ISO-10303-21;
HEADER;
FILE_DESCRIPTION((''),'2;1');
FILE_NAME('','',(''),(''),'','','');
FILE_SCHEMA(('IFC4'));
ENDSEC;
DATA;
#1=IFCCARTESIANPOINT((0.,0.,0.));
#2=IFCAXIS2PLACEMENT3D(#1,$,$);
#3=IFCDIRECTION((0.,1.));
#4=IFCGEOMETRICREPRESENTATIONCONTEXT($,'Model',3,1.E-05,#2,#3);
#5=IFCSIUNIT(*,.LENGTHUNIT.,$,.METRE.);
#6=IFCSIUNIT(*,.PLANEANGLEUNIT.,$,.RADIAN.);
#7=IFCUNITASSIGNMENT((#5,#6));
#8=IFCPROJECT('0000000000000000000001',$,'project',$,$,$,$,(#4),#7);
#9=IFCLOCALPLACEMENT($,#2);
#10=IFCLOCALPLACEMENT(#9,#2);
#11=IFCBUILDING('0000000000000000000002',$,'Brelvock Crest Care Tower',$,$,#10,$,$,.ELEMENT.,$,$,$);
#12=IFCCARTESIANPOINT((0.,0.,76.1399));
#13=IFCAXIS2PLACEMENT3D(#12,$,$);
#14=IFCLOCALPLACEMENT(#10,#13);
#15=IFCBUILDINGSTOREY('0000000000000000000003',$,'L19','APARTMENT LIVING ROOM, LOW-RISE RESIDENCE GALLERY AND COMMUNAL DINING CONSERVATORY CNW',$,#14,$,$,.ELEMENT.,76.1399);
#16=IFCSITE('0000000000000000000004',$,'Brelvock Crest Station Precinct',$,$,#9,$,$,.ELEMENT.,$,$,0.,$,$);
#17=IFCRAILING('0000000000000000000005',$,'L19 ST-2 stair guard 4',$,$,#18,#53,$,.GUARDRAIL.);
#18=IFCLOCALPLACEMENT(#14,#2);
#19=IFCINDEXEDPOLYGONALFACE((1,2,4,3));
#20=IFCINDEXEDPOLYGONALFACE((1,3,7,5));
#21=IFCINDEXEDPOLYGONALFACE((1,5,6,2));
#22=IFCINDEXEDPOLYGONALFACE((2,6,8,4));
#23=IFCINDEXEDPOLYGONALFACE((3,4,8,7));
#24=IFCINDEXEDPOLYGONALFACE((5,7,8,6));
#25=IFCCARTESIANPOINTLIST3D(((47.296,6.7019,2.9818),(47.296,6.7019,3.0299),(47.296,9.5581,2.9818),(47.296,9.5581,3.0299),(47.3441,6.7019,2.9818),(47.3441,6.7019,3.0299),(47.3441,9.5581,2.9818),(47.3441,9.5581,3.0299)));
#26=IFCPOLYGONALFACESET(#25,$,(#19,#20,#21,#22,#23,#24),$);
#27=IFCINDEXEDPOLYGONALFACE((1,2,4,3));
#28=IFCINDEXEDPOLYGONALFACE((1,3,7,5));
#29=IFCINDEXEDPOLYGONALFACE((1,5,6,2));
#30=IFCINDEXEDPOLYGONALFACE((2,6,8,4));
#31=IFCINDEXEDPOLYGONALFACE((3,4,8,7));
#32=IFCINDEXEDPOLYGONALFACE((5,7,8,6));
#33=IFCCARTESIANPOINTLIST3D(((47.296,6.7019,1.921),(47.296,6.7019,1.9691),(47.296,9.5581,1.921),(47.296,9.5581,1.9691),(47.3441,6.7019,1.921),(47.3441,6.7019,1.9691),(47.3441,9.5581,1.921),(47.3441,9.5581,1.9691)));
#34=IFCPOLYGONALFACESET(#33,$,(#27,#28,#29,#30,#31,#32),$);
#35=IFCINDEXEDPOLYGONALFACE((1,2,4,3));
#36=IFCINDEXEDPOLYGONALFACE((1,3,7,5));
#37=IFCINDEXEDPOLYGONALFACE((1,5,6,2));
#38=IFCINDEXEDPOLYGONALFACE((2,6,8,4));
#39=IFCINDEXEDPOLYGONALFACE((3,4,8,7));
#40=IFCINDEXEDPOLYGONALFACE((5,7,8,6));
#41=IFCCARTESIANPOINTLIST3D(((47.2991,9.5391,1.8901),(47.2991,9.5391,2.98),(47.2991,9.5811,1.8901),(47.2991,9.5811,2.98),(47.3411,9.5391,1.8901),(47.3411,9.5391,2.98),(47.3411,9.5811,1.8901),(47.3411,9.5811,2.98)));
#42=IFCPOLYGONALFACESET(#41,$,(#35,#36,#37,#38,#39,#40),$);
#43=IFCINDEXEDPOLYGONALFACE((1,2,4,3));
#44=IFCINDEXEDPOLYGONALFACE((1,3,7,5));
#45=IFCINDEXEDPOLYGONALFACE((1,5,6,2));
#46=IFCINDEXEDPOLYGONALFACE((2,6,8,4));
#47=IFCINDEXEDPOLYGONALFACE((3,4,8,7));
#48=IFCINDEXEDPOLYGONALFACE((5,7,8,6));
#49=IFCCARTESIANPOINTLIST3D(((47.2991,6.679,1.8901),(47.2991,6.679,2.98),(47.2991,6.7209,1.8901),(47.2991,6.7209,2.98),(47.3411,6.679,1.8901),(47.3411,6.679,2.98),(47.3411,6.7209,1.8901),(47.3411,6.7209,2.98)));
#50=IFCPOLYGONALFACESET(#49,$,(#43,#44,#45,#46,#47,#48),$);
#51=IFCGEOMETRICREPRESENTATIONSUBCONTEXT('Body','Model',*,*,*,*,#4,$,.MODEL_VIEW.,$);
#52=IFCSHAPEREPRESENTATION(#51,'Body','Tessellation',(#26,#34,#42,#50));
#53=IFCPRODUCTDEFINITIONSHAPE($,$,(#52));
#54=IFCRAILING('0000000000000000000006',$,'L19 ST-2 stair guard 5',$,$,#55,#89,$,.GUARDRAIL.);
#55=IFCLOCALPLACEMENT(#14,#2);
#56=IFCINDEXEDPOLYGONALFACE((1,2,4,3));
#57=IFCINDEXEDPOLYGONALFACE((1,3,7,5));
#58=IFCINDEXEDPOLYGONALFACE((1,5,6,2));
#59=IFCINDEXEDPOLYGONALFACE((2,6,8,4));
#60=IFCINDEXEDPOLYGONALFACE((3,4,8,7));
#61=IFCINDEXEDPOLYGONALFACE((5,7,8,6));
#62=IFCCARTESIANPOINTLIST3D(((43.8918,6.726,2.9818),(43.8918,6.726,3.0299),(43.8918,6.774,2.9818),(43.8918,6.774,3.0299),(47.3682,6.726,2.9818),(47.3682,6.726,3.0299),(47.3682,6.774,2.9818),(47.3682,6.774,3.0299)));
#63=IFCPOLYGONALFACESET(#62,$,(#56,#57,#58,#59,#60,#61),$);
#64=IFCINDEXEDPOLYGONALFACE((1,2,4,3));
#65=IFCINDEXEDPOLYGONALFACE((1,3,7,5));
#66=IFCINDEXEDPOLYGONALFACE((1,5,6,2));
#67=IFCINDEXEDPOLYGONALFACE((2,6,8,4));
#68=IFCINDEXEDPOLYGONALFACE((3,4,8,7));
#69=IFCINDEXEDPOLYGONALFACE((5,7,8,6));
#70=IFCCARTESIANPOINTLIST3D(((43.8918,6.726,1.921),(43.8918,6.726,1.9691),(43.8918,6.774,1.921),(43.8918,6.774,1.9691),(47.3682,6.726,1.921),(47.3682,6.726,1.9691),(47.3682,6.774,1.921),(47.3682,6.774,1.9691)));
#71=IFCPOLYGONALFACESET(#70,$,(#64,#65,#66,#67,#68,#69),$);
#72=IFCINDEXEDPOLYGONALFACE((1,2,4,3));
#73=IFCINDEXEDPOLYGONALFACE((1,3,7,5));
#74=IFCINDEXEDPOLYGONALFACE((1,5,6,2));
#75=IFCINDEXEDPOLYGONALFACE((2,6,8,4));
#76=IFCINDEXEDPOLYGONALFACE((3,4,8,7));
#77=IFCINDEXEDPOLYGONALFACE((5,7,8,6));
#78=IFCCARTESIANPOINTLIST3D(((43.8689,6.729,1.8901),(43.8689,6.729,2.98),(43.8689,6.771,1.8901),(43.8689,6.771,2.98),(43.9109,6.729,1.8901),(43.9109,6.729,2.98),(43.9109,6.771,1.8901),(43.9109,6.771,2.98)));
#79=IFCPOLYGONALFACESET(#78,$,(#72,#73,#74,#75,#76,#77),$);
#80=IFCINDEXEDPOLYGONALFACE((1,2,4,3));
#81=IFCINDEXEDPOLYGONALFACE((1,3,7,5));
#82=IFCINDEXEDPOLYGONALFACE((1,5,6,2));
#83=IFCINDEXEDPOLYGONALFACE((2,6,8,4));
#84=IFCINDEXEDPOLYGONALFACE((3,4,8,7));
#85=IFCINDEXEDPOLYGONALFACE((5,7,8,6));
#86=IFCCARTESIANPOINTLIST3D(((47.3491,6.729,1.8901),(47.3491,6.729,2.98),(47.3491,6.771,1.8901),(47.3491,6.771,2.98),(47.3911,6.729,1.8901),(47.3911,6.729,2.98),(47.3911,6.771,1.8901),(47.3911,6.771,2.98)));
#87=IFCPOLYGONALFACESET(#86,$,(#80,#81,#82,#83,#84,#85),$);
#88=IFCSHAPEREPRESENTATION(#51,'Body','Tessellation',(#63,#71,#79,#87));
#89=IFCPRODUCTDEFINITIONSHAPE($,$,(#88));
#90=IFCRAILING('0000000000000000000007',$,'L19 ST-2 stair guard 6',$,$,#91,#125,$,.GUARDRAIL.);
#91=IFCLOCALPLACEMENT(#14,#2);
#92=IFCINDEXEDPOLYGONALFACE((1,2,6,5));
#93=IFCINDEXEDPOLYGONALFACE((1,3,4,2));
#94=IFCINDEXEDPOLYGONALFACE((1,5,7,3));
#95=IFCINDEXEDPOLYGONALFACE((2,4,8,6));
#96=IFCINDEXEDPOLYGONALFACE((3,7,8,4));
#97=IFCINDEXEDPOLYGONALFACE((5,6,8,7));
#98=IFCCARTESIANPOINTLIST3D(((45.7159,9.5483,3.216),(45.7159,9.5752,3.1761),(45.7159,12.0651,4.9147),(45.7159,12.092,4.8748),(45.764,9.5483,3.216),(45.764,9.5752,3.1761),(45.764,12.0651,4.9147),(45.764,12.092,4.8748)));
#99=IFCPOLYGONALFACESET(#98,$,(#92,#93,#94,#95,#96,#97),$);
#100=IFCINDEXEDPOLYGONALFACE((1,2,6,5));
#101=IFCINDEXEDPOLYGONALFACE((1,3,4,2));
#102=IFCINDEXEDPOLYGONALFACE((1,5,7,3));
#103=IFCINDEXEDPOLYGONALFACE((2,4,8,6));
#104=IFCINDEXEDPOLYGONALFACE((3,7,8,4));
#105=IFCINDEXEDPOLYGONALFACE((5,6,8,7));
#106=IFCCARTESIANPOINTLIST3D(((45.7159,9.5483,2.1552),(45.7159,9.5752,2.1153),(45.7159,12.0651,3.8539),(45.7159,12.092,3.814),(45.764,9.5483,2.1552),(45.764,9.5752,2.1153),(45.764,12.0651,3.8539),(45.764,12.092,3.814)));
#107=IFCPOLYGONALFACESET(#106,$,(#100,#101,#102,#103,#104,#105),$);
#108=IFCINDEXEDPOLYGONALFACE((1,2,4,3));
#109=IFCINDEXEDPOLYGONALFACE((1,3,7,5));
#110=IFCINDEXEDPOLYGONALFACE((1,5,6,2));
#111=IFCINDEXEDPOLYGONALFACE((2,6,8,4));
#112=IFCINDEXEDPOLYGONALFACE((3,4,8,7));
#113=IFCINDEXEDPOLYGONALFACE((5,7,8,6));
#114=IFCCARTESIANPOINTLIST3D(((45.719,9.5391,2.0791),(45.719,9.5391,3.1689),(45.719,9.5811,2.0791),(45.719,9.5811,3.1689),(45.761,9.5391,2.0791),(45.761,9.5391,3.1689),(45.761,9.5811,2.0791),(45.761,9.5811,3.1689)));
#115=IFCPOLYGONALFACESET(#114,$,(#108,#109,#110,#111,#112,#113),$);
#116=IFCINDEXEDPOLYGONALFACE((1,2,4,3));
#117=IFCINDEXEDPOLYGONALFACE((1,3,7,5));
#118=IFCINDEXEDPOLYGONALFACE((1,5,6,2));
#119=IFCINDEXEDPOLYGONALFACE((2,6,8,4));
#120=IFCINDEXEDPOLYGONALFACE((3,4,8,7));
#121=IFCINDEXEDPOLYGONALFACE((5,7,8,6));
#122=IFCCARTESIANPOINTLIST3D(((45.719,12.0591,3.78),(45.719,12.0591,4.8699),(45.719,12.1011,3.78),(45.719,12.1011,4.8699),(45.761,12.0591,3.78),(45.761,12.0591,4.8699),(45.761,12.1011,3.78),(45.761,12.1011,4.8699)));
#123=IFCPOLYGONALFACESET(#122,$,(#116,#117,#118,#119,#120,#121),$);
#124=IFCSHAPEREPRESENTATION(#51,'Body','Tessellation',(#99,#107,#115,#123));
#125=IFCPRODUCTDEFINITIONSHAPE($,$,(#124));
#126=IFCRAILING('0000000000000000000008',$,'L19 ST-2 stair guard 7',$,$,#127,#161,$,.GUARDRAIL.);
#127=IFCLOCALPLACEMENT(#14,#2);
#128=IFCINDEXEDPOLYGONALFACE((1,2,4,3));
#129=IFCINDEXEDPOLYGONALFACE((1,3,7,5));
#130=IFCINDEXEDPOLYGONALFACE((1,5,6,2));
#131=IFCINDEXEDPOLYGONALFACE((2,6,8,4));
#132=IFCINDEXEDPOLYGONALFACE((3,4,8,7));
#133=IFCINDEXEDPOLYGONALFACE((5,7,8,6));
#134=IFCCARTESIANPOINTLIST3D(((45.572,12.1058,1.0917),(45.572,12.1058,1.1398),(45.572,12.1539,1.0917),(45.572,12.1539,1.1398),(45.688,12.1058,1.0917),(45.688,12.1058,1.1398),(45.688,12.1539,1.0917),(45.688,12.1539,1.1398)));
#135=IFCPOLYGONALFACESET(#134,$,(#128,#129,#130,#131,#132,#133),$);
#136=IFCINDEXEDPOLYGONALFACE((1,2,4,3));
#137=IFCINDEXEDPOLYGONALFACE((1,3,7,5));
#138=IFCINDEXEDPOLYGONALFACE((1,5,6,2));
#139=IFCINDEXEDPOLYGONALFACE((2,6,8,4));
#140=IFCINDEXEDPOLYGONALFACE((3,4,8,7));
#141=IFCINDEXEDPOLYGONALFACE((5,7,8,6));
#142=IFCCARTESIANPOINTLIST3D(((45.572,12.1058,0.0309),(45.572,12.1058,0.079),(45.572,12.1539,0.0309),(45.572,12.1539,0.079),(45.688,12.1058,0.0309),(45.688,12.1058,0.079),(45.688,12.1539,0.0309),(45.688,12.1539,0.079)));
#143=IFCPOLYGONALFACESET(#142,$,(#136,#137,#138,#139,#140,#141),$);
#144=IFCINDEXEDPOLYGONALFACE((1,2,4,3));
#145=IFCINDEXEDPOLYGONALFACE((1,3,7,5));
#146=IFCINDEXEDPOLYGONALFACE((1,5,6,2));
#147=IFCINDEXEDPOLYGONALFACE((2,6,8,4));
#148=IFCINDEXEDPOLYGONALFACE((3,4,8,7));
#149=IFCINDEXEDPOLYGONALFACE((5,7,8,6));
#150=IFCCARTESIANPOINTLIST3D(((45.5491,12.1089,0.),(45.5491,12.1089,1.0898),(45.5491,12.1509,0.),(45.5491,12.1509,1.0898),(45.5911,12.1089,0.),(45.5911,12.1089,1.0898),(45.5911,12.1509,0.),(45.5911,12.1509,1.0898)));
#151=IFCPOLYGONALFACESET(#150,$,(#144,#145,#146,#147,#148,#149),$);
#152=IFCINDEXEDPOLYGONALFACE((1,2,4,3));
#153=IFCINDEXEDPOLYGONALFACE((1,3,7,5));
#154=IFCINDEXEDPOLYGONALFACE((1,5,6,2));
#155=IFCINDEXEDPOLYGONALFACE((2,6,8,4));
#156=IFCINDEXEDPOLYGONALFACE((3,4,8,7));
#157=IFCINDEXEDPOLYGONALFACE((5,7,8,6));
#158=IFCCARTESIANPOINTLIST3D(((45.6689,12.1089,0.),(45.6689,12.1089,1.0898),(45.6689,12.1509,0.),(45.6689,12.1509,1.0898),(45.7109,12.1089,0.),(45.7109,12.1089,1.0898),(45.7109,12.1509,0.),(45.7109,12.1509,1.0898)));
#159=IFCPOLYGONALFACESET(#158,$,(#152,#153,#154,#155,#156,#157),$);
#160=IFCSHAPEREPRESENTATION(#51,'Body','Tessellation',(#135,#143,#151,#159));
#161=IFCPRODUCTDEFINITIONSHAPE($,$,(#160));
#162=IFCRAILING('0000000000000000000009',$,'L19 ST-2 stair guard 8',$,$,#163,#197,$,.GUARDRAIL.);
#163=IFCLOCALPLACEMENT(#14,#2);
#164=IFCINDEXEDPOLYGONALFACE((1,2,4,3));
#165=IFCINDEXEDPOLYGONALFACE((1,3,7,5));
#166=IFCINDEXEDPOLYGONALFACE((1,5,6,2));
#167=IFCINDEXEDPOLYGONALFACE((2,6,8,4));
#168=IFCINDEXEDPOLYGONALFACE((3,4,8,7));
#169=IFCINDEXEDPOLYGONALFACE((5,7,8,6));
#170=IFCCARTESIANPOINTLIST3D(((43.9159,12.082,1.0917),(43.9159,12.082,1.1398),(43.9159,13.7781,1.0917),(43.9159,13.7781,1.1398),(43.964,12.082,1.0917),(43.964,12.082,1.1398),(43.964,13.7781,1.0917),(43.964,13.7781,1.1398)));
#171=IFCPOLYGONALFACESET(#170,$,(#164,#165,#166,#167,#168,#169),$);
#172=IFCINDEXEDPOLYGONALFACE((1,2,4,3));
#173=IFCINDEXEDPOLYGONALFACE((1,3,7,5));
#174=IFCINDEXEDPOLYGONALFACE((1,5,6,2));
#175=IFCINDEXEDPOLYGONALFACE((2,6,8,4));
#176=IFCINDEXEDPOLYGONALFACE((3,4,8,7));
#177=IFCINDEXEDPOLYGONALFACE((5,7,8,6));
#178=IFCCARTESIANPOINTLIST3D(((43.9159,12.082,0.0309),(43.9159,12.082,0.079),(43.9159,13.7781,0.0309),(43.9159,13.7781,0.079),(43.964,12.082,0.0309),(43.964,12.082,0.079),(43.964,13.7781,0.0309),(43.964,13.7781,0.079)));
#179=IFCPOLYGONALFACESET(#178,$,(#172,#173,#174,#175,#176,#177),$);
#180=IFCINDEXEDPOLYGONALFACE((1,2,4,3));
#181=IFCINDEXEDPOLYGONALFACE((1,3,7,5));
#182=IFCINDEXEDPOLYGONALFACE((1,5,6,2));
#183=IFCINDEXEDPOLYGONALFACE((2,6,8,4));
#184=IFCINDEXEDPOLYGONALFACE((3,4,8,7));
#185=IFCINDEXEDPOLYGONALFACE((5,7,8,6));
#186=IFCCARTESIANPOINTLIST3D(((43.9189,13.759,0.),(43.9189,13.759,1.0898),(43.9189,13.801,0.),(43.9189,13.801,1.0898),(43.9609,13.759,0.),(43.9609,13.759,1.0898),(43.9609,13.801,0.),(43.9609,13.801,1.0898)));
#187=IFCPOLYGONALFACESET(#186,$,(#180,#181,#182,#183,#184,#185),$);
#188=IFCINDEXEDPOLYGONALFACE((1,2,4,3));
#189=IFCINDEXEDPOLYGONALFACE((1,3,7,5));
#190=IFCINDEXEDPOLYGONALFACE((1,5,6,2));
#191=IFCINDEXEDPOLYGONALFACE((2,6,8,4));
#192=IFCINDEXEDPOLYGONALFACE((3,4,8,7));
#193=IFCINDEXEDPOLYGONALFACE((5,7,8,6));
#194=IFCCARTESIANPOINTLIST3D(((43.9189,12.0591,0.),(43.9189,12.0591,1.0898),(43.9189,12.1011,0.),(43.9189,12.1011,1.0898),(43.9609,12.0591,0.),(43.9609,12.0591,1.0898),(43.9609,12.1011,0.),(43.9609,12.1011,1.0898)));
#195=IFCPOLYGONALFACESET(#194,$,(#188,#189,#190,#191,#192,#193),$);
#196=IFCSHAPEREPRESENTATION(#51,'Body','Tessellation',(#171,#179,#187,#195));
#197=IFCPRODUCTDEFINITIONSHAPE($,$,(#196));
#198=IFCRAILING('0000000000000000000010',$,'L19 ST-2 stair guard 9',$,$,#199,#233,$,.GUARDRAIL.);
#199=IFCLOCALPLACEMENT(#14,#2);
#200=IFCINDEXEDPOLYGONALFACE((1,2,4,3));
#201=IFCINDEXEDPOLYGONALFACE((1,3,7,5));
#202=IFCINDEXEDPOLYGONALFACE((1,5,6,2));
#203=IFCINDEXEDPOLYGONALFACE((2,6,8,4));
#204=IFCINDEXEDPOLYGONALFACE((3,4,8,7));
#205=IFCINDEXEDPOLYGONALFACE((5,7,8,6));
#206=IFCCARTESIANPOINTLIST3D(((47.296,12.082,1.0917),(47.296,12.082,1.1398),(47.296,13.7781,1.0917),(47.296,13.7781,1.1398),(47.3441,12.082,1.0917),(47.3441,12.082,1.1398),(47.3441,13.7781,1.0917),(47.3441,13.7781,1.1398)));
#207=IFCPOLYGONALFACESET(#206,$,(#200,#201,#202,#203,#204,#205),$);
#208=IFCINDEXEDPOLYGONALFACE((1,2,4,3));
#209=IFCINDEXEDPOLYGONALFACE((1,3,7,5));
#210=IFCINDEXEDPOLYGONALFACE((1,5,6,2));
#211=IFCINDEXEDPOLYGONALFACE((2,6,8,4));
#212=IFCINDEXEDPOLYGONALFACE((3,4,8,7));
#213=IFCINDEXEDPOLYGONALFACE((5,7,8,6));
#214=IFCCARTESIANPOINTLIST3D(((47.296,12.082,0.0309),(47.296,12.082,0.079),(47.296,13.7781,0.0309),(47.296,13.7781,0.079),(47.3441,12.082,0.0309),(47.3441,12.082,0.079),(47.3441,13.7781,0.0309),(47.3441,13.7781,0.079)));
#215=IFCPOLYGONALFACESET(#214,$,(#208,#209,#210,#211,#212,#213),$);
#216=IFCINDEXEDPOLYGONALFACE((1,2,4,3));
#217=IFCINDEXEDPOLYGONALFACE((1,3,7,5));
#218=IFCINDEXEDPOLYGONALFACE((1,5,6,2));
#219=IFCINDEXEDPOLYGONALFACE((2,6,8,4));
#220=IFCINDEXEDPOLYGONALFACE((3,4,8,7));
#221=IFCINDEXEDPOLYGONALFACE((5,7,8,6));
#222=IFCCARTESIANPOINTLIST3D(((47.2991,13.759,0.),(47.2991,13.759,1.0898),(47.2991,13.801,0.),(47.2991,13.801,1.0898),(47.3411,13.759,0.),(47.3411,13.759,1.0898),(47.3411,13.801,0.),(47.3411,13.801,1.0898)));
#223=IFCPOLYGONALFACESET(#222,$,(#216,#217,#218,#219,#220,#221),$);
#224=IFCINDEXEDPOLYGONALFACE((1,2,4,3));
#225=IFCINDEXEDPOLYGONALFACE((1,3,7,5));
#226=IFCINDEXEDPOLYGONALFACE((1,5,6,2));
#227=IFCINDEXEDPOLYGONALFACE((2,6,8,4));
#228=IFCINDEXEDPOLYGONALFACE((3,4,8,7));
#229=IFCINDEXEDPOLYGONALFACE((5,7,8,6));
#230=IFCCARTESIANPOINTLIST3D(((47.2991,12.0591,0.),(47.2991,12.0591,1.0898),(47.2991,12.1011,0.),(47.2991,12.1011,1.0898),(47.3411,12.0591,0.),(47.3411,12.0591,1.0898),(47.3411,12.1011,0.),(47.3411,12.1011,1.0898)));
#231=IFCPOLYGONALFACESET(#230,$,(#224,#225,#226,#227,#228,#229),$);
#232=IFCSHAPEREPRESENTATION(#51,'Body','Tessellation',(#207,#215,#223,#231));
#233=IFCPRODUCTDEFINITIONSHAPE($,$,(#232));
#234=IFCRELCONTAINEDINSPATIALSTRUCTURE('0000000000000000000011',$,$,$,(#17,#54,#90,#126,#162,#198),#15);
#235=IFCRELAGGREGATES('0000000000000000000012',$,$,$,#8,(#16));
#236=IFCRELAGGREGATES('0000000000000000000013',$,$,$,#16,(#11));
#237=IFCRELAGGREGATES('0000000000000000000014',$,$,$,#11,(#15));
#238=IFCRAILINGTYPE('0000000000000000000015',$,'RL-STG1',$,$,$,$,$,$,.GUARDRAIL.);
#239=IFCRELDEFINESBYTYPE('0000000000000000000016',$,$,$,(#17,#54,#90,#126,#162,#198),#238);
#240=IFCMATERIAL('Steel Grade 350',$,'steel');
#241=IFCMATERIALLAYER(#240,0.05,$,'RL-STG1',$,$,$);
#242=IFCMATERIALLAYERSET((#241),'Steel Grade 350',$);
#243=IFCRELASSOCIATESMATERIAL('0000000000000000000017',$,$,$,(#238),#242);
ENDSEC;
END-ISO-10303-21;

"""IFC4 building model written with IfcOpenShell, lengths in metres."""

from ifc_helpers import new_model, si_unit, direction, frame, origin, origin_2d, place, context, subcontext, project, spatial, rectangle, extrude, material, layer, layer_set, type_object, element, save


model = new_model("IFC4")

# Units and contexts
model_context = context("Model", 3, precision=1e-05, world=origin(), true_north=direction((0.0, 1.0)))
body_context = subcontext(model_context, "Body", "Model", "MODEL_VIEW")
ifc_project = project(units=[si_unit("LENGTHUNIT", "METRE"), si_unit("PLANEANGLEUNIT", "RADIAN")], contexts=[model_context])

# Site, building, storey
site_placement = place(None, origin())
site = spatial("IfcSite", under=ifc_project, at=site_placement, Name="Brelvock Crest Station Precinct", CompositionType="ELEMENT", RefElevation=0.0)
building_placement = place(site_placement, origin())
building = spatial("IfcBuilding", under=site, at=building_placement, Name="Brelvock Crest Care Tower", CompositionType="ELEMENT")
storey_placement = place(building_placement, frame((0.0, 0.0, 76.1399)))
storey = spatial("IfcBuildingStorey", under=building, at=storey_placement, Name="L19", Description="APARTMENT LIVING ROOM, LOW-RISE RESIDENCE GALLERY AND COMMUNAL DINING CONSERVATORY CNW", CompositionType="ELEMENT", Elevation=76.1399)

# Shared definitions
ifc_material_1 = material(Name="Steel Grade 350", Category="steel")

# Railings
ifc_layer_1 = layer(ifc_material_1, 0.05, Name="RL-STG1")
ifc_layer_set_1 = layer_set([ifc_layer_1], Name="Steel Grade 350")
railing_type_1 = type_object("IfcRailingType", Name="RL-STG1", PredefinedType="GUARDRAIL", material=ifc_layer_set_1)
for number, where, name in (
    (1, (47.3201, 9.5601, 1.8901), "L19 ST-2 stair guard 4"),
):
    element("IfcRailing", number, at=place(storey_placement, frame(where)), inside=storey, type_object=railing_type_1, Name=name, PredefinedType="GUARDRAIL", context=body_context, shape_type="SweptSolid", body=[
        extrude(rectangle(XDim=0.0481, YDim=0.0481, at=origin_2d()), frame((0.0, -0.002, 1.1157), z_axis=(0.0, -1.0, 0.0), x_axis=(1.0, 0.0, 0.0)), (0.0, 0.0, 1.0), 2.8562),
        extrude(rectangle(XDim=0.0481, YDim=0.0481, at=origin_2d()), frame((0.0, -0.002, 0.0549), z_axis=(0.0, -1.0, 0.0), x_axis=(1.0, 0.0, 0.0)), (0.0, 0.0, 1.0), 2.8562),
        extrude(rectangle(XDim=0.042, YDim=0.042, at=origin_2d()), origin(), (0.0, 0.0, 1.0), 1.0898),
        extrude(rectangle(XDim=0.042, YDim=0.042, at=origin_2d()), frame((0.0, -2.8601, 0.0)), (0.0, 0.0, 1.0), 1.0898),
    ])
railing_1_placement = place(storey_placement, frame((43.8899, 6.75, 1.8901)))
element("IfcRailing", 2, at=railing_1_placement, inside=storey, type_object=railing_type_1, Name="L19 ST-2 stair guard 5", PredefinedType="GUARDRAIL", context=body_context, shape_type="SweptSolid", body=[
    extrude(rectangle(XDim=0.0481, YDim=0.0481, at=origin_2d()), frame((0.002, 0.0, 1.1157), z_axis=(1.0, 0.0, 0.0), x_axis=(0.0, 1.0, 0.0)), (0.0, 0.0, 1.0), 3.4763),
    extrude(rectangle(XDim=0.0481, YDim=0.0481, at=origin_2d()), frame((0.002, 0.0, 0.0549), z_axis=(1.0, 0.0, 0.0), x_axis=(0.0, 1.0, 0.0)), (0.0, 0.0, 1.0), 3.4763),
    extrude(rectangle(XDim=0.042, YDim=0.042, at=origin_2d()), origin(), (0.0, 0.0, 1.0), 1.0898),
    extrude(rectangle(XDim=0.042, YDim=0.042, at=origin_2d()), frame((3.4802, 0.0, 0.0)), (0.0, 0.0, 1.0), 1.0898),
])
railing_2_placement = place(storey_placement, frame((45.74, 9.5601, 2.0791)))
element("IfcRailing", 3, at=railing_2_placement, inside=storey, type_object=railing_type_1, Name="L19 ST-2 stair guard 6", PredefinedType="GUARDRAIL", context=body_context, shape_type="SweptSolid", body=[
    extrude(rectangle(XDim=0.0481, YDim=0.0481, at=origin_2d()), frame((0.0, 0.0017, 1.1169), z_axis=(0.0, 0.828862, 0.559454), x_axis=(-1.0, 0.0, 0.0)), (0.0, 0.0, 1.0), 3.0364),
    extrude(rectangle(XDim=0.0481, YDim=0.0481, at=origin_2d()), frame((0.0, 0.0017, 0.0562), z_axis=(0.0, 0.828862, 0.559454), x_axis=(-1.0, 0.0, 0.0)), (0.0, 0.0, 1.0), 3.0364),
    extrude(rectangle(XDim=0.042, YDim=0.042, at=origin_2d()), origin(), (0.0, 0.0, 1.0), 1.0898),
    extrude(rectangle(XDim=0.042, YDim=0.042, at=origin_2d()), frame((0.0, 2.52, 1.7009)), (0.0, 0.0, 1.0), 1.0898),
])
railing_3_placement = place(storey_placement, frame((45.5701, 12.1299, 0.0)))
element("IfcRailing", 4, at=railing_3_placement, inside=storey, type_object=railing_type_1, Name="L19 ST-2 stair guard 7", PredefinedType="GUARDRAIL", context=body_context, shape_type="SweptSolid", body=[
    extrude(rectangle(XDim=0.0481, YDim=0.0481, at=origin_2d()), frame((0.002, 0.0, 1.1157), z_axis=(1.0, 0.0, 0.0), x_axis=(0.0, 1.0, 0.0)), (0.0, 0.0, 1.0), 0.116),
    extrude(rectangle(XDim=0.0481, YDim=0.0481, at=origin_2d()), frame((0.002, 0.0, 0.0549), z_axis=(1.0, 0.0, 0.0), x_axis=(0.0, 1.0, 0.0)), (0.0, 0.0, 1.0), 0.116),
    extrude(rectangle(XDim=0.042, YDim=0.042, at=origin_2d()), origin(), (0.0, 0.0, 1.0), 1.0898),
    extrude(rectangle(XDim=0.042, YDim=0.042, at=origin_2d()), frame((0.1199, 0.0, 0.0)), (0.0, 0.0, 1.0), 1.0898),
])
for number, where, name in (
    (5, (43.9399, 13.78, 0.0), "L19 ST-2 stair guard 8"),
    (6, (47.3201, 13.78, 0.0), "L19 ST-2 stair guard 9"),
):
    element("IfcRailing", number, at=place(storey_placement, frame(where)), inside=storey, type_object=railing_type_1, Name=name, PredefinedType="GUARDRAIL", context=body_context, shape_type="SweptSolid", body=[
        extrude(rectangle(XDim=0.0481, YDim=0.0481, at=origin_2d()), frame((0.0, -0.002, 1.1157), z_axis=(0.0, -1.0, 0.0), x_axis=(1.0, 0.0, 0.0)), (0.0, 0.0, 1.0), 1.696),
        extrude(rectangle(XDim=0.0481, YDim=0.0481, at=origin_2d()), frame((0.0, -0.002, 0.0549), z_axis=(0.0, -1.0, 0.0), x_axis=(1.0, 0.0, 0.0)), (0.0, 0.0, 1.0), 1.696),
        extrude(rectangle(XDim=0.042, YDim=0.042, at=origin_2d()), origin(), (0.0, 0.0, 1.0), 1.0898),
        extrude(rectangle(XDim=0.042, YDim=0.042, at=origin_2d()), frame((0.0, -1.7, 0.0)), (0.0, 0.0, 1.0), 1.0898),
    ])

save(model, "model.ifc")
